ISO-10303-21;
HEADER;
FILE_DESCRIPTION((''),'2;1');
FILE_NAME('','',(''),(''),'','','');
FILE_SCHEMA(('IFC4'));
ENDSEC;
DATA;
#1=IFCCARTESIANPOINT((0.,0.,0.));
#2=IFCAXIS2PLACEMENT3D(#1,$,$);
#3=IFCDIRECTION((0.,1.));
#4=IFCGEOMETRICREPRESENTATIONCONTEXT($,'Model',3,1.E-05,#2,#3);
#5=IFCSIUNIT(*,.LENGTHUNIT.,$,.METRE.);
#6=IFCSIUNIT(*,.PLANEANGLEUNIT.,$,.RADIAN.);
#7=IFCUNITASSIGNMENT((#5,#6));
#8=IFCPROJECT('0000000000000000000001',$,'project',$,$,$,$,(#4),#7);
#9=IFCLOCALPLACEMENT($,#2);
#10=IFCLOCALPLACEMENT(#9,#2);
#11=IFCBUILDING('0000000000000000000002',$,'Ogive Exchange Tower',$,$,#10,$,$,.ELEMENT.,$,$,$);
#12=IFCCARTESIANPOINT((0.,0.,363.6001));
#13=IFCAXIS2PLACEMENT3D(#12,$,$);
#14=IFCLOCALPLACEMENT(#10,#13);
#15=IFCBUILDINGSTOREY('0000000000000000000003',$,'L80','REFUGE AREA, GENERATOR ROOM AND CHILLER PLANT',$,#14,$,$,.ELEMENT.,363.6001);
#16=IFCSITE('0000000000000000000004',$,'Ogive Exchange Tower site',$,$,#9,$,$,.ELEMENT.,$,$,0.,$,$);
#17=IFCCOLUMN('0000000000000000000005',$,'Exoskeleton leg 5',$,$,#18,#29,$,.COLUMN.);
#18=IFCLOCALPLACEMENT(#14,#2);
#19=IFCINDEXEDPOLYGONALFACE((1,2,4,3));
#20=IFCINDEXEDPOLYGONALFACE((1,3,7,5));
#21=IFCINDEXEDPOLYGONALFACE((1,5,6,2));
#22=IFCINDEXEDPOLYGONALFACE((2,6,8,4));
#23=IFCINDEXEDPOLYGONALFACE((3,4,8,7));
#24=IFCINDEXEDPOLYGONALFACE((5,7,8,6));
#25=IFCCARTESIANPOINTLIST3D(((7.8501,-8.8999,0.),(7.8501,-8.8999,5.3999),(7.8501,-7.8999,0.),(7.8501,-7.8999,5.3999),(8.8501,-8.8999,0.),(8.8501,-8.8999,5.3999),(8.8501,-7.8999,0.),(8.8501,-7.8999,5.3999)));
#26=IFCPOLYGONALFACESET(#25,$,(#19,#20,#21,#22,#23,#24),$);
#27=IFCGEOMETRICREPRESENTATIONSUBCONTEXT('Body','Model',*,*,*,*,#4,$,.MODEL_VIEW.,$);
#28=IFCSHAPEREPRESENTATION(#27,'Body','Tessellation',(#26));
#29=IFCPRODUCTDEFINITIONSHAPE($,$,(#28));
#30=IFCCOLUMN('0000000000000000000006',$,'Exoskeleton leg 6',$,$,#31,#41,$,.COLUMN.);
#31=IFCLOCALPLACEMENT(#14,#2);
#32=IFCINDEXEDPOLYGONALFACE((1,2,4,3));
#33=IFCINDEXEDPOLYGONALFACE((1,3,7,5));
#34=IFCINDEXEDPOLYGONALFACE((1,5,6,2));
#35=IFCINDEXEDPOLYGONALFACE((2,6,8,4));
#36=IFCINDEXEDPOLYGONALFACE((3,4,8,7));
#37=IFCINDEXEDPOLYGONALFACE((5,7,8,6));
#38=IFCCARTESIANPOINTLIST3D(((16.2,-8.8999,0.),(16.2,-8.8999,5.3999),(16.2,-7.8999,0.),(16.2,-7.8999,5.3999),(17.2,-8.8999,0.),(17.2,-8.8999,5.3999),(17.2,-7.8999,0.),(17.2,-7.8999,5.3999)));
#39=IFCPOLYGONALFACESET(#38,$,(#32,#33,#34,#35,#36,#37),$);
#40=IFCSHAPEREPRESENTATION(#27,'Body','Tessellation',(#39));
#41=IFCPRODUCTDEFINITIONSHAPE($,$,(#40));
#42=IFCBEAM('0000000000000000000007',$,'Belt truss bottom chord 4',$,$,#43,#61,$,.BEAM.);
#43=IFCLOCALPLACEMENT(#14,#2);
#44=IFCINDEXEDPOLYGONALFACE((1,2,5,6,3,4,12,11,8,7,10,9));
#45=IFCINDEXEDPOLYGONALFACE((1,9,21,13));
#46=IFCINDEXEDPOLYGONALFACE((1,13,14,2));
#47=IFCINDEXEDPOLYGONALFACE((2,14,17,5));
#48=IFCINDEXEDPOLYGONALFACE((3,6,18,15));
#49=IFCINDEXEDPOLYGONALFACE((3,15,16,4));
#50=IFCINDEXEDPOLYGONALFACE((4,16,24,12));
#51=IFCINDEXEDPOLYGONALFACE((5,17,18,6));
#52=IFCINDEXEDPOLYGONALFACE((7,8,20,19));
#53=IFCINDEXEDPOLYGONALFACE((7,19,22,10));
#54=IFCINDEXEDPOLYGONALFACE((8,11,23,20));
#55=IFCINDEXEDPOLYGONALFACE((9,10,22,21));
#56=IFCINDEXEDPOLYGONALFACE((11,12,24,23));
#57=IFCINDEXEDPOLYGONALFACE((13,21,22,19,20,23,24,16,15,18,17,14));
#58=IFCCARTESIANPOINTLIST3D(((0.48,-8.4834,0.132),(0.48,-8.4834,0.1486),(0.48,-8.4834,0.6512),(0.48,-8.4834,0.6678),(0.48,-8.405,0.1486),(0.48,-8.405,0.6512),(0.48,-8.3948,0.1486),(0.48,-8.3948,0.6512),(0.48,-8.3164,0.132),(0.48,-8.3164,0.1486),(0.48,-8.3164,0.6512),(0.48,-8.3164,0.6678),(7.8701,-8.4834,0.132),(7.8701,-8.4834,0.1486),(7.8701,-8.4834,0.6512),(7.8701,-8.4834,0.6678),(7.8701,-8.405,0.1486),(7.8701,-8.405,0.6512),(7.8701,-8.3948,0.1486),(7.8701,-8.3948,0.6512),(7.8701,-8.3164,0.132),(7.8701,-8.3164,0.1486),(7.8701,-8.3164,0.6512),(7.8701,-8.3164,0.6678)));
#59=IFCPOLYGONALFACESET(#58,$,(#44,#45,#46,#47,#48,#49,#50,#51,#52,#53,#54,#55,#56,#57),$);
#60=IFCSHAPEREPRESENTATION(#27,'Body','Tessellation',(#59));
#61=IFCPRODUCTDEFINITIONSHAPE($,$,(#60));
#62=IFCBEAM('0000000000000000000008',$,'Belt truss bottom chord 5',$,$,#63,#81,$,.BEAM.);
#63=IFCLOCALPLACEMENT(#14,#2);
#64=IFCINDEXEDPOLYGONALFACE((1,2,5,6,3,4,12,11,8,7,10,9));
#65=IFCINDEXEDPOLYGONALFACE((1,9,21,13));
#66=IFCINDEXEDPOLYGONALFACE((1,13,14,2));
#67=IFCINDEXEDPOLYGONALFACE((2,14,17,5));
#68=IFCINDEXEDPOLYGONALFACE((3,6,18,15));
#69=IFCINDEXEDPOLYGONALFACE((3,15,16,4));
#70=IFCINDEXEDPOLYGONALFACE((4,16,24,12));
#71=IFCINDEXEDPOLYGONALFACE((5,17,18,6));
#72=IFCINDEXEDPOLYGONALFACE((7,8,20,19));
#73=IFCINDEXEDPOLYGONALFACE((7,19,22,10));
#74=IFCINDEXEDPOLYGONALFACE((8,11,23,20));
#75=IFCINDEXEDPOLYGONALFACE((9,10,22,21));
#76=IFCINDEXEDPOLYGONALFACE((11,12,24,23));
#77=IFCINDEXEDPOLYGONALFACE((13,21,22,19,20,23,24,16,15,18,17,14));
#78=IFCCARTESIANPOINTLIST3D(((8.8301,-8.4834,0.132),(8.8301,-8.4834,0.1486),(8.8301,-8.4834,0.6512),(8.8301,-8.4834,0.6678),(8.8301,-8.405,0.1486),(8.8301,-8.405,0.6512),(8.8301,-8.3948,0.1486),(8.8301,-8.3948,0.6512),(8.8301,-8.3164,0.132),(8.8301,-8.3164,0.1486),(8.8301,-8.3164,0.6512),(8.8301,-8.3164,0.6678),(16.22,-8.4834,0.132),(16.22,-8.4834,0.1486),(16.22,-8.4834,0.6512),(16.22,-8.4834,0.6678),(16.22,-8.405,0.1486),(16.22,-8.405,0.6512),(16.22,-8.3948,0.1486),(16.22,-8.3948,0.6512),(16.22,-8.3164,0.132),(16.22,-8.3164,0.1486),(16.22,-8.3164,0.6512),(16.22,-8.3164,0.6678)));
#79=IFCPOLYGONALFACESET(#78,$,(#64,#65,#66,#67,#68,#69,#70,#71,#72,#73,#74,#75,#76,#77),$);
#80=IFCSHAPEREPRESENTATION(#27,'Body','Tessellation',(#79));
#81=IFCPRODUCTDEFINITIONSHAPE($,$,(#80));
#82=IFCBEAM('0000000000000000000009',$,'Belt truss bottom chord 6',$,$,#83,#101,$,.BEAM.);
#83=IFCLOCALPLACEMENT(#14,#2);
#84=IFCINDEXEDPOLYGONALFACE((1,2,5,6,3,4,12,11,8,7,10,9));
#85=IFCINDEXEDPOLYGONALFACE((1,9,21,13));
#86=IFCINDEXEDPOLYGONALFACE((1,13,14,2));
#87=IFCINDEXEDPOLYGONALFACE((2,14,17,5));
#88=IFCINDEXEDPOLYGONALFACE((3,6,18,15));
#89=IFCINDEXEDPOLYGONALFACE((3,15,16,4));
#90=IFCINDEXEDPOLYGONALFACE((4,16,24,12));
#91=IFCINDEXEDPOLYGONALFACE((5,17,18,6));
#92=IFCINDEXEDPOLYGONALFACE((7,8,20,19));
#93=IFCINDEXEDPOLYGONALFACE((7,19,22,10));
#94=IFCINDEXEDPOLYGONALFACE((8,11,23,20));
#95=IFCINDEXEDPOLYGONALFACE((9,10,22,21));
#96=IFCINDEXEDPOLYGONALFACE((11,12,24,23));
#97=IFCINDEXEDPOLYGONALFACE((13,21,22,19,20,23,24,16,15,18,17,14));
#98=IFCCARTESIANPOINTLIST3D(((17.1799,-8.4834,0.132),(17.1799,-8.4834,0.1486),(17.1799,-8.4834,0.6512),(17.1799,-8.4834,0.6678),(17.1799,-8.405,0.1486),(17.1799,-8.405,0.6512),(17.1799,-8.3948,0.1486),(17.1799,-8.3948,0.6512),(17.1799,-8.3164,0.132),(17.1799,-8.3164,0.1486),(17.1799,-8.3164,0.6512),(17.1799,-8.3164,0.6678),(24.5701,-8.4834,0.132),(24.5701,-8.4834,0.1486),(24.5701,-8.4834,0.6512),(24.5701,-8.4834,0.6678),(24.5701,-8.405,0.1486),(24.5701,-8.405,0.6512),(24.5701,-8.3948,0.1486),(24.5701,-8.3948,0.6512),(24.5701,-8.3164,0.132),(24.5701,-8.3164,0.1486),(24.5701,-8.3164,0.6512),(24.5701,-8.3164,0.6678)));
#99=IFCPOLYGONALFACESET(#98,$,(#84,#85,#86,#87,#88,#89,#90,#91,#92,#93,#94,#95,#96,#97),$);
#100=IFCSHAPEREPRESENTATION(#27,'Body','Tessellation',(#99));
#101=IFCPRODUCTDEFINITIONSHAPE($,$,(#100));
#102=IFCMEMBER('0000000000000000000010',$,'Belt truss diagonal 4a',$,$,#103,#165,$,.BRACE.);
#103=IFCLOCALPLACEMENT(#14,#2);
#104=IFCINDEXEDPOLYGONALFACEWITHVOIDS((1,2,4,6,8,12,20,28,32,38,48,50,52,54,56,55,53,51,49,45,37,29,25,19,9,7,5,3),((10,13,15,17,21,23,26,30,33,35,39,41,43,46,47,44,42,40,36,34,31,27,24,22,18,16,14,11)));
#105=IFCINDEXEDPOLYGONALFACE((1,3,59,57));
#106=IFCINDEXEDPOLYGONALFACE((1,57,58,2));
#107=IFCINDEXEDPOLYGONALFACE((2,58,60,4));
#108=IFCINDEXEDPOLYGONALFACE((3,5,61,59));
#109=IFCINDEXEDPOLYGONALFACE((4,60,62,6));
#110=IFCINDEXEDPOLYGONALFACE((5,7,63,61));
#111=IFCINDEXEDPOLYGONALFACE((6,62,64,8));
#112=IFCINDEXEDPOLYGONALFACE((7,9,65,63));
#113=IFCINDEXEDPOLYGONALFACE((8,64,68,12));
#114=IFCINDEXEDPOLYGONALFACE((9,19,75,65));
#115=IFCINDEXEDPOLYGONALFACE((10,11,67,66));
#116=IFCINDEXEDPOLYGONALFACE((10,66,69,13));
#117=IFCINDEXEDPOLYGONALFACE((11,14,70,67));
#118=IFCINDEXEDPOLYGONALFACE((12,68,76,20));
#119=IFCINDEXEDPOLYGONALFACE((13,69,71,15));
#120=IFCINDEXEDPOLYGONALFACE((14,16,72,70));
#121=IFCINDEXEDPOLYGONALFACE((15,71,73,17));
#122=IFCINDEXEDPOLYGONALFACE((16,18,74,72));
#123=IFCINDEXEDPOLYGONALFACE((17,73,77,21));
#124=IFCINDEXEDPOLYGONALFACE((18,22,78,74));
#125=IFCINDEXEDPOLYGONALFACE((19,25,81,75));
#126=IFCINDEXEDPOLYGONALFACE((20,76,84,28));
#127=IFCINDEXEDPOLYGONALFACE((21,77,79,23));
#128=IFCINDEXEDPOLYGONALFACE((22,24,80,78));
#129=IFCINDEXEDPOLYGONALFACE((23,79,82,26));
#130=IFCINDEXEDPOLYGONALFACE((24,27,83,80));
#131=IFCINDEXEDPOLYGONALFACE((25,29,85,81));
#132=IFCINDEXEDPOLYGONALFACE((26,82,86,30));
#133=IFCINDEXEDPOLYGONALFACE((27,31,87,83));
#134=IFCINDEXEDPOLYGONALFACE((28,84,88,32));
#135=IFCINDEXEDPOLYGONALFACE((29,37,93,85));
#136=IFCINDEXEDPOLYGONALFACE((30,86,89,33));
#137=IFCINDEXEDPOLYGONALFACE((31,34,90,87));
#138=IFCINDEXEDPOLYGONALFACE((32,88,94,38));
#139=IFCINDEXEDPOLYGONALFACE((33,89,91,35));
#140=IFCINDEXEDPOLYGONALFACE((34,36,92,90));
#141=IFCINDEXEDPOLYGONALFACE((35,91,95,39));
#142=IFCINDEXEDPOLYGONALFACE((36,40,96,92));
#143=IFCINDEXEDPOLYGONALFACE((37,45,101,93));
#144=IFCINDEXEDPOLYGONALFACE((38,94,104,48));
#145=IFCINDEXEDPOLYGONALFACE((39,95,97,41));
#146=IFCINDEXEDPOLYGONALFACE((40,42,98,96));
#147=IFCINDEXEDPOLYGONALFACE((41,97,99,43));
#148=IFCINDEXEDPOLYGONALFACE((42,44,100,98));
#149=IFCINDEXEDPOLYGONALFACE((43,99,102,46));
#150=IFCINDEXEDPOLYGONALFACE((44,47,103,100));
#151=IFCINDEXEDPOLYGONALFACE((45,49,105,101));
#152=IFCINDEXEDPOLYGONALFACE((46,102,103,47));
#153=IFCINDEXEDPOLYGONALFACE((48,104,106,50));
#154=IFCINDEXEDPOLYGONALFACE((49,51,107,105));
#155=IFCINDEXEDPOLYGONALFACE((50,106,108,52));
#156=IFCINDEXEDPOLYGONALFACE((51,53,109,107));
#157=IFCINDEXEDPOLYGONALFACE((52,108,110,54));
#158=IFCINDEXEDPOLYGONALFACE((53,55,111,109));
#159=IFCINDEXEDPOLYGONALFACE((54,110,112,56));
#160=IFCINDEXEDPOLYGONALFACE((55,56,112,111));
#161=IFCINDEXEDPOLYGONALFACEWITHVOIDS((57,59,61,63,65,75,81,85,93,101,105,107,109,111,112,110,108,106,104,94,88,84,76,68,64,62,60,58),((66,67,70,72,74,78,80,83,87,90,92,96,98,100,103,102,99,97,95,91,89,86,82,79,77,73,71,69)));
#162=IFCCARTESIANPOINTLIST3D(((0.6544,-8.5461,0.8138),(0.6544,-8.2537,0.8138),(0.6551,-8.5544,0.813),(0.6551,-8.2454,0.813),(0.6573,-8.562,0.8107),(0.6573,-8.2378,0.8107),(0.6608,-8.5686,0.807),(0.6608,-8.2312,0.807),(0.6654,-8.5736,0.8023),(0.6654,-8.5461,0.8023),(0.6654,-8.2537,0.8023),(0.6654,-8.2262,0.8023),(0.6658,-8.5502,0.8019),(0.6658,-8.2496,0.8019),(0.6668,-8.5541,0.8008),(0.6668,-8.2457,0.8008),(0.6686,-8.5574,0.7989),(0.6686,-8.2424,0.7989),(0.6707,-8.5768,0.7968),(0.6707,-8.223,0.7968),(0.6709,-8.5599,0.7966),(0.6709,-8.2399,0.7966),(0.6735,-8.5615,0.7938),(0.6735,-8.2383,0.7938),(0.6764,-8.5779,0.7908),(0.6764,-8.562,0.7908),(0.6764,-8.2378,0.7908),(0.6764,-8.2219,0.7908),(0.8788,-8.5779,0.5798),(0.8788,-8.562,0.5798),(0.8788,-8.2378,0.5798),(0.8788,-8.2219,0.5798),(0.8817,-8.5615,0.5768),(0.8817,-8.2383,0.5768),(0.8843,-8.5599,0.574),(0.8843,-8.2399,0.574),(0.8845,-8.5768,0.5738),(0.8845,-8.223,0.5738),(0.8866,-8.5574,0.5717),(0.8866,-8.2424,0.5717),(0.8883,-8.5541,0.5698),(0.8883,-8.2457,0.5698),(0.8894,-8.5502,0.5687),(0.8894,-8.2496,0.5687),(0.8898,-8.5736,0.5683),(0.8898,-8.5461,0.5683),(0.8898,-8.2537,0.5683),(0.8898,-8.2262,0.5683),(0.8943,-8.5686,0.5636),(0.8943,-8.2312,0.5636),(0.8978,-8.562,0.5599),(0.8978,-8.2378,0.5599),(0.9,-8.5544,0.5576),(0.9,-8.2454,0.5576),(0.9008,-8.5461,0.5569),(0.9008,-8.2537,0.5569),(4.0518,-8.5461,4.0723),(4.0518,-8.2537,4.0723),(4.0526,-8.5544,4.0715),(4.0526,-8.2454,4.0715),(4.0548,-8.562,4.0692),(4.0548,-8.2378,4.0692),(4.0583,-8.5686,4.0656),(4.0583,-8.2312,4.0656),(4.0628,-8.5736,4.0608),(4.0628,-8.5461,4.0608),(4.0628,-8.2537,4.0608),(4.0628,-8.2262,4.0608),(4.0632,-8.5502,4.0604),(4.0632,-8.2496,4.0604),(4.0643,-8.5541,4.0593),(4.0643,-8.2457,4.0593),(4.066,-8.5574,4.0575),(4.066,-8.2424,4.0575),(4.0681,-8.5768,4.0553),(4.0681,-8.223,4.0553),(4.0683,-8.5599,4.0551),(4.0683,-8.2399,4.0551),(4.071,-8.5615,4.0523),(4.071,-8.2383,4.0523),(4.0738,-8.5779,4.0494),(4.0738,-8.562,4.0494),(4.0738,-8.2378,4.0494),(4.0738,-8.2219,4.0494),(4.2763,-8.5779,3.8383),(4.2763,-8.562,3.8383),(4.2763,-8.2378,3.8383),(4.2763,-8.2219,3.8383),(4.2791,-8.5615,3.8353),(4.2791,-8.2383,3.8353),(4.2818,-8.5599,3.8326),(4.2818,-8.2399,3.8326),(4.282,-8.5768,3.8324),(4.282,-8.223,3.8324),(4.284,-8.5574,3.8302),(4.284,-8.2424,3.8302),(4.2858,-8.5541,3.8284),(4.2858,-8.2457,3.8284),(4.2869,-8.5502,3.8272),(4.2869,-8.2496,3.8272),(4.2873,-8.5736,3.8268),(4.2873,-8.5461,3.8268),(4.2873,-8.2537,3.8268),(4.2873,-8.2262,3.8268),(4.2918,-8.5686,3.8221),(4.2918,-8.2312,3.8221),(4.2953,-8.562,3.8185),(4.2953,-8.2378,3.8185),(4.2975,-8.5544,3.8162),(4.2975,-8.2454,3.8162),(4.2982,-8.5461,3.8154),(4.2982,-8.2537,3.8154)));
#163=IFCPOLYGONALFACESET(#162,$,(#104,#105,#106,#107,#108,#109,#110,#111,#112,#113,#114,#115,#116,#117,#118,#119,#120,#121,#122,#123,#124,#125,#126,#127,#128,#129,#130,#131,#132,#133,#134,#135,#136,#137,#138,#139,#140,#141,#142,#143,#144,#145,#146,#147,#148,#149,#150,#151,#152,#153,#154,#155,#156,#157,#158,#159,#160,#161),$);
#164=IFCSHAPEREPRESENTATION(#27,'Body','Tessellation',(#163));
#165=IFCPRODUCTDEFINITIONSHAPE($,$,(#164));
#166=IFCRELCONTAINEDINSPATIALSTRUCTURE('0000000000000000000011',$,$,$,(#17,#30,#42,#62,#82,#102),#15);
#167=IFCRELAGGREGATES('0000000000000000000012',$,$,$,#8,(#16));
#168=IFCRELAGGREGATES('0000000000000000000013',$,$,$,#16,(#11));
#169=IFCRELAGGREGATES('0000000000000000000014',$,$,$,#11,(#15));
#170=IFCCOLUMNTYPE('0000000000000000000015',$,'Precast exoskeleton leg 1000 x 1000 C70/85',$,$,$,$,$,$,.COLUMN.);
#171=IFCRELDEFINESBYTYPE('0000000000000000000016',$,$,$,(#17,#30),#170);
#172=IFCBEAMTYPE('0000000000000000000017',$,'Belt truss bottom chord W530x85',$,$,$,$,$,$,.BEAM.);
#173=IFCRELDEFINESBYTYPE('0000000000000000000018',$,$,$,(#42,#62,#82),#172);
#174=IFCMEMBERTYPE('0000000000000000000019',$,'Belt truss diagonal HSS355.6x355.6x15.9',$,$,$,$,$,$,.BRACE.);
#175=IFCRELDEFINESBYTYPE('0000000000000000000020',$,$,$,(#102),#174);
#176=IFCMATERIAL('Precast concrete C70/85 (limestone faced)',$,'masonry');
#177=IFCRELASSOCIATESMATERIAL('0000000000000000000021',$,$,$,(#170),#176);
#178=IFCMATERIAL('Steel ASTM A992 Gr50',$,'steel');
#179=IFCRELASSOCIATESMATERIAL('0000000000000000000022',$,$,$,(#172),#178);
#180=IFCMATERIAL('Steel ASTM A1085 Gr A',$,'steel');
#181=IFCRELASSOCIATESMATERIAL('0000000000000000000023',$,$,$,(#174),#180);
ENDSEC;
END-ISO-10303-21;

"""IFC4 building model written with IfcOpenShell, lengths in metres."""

from ifc_helpers import new_model, si_unit, direction, frame, origin, origin_2d, place, context, subcontext, project, spatial, rectangle, hollow_rectangle, i_section, extrude, material, material_profile, profile_set, type_object, element, save


model = new_model("IFC4")

# Units and contexts
model_context = context("Model", 3, precision=1e-05, world=origin(), true_north=direction((0.0, 1.0)))
body_context = subcontext(model_context, "Body", "Model", "MODEL_VIEW")
ifc_project = project(units=[si_unit("LENGTHUNIT", "METRE"), si_unit("PLANEANGLEUNIT", "RADIAN")], contexts=[model_context])

# Site, building, storey
site_placement = place(None, origin())
site = spatial("IfcSite", under=ifc_project, at=site_placement, Name="Ogive Exchange Tower site", CompositionType="ELEMENT", RefElevation=0.0)
building_placement = place(site_placement, origin())
building = spatial("IfcBuilding", under=site, at=building_placement, Name="Ogive Exchange Tower", CompositionType="ELEMENT")
storey_placement = place(building_placement, frame((0.0, 0.0, 363.6001)))
storey = spatial("IfcBuildingStorey", under=building, at=storey_placement, Name="L80", Description="REFUGE AREA, GENERATOR ROOM AND CHILLER PLANT", CompositionType="ELEMENT", Elevation=363.6001)

# Columns
ifc_material_1 = material(Name="Precast concrete C70/85 (limestone faced)", Category="masonry")
ifc_material_profile_1 = material_profile(ifc_material_1, rectangle(XDim=1.0, YDim=1.0, at=origin_2d()), Name="1000 x 1000")
ifc_profile_set_1 = profile_set([ifc_material_profile_1], Name="Precast concrete C70/85 (limestone faced)")
column_type = type_object("IfcColumnType", Name="Precast exoskeleton leg 1000 x 1000 C70/85", PredefinedType="COLUMN", material=ifc_profile_set_1)
for number, where, z_axis, x_axis, name in (
    (1, (8.3501, -8.3999, 0.0), (0.0, 0.0, 1.0), (1.0, 0.0, 0.0), "Exoskeleton leg 5"),
    (2, (16.7, -8.3999, 0.0), (0.0, 0.0, 1.0), (1.0, 0.0, 0.0), "Exoskeleton leg 6"),
):
    element("IfcColumn", number, at=place(storey_placement, frame(where, z_axis=z_axis, x_axis=x_axis)), inside=storey, type_object=column_type, Name=name, PredefinedType="COLUMN", context=body_context, shape_type="SweptSolid", body=[
        extrude(rectangle(XDim=1.0, YDim=1.0, at=origin_2d()), origin(), (0.0, 0.0, 1.0), 5.3999),
    ])

# Beams
ifc_material_2 = material(Name="Steel ASTM A992 Gr50", Category="steel")
ifc_material_profile_2 = material_profile(ifc_material_2, i_section(OverallWidth=0.167, OverallDepth=0.5359, WebThickness=0.0103, FlangeThickness=0.0166, at=origin_2d()), Name="W530x85")
ifc_profile_set_2 = profile_set([ifc_material_profile_2], Name="Steel ASTM A992 Gr50")
beam_type_1 = type_object("IfcBeamType", Name="Belt truss bottom chord W530x85", PredefinedType="BEAM", material=ifc_profile_set_2)
beam_1_placement = place(storey_placement, frame((0.48, -8.3999, 0.3999), z_axis=(1.0, 0.0, 0.0), x_axis=(0.0, 1.0, 0.0)))
element("IfcBeam", 3, at=beam_1_placement, inside=storey, type_object=beam_type_1, Name="Belt truss bottom chord 4", PredefinedType="BEAM", context=body_context, shape_type="SweptSolid", body=[
    extrude(i_section(OverallWidth=0.167, OverallDepth=0.5359, WebThickness=0.0103, FlangeThickness=0.0166, at=origin_2d()), origin(), (0.0, 0.0, 1.0), 7.3901),
])
beam_2_placement = place(storey_placement, frame((8.8301, -8.3999, 0.3999), z_axis=(1.0, 0.0, 0.0), x_axis=(0.0, 1.0, 0.0)))
element("IfcBeam", 4, at=beam_2_placement, inside=storey, type_object=beam_type_1, Name="Belt truss bottom chord 5", PredefinedType="BEAM", context=body_context, shape_type="SweptSolid", body=[
    extrude(i_section(OverallWidth=0.167, OverallDepth=0.5359, WebThickness=0.0103, FlangeThickness=0.0166, at=origin_2d()), origin(), (0.0, 0.0, 1.0), 7.3899),
])
beam_3_placement = place(storey_placement, frame((17.1799, -8.3999, 0.3999), z_axis=(1.0, 0.0, 0.0), x_axis=(0.0, 1.0, 0.0)))
element("IfcBeam", 5, at=beam_3_placement, inside=storey, type_object=beam_type_1, Name="Belt truss bottom chord 6", PredefinedType="BEAM", context=body_context, shape_type="SweptSolid", body=[
    extrude(i_section(OverallWidth=0.167, OverallDepth=0.5359, WebThickness=0.0103, FlangeThickness=0.0166, at=origin_2d()), origin(), (0.0, 0.0, 1.0), 7.3901),
])

# Member
ifc_material_3 = material(Name="Steel ASTM A1085 Gr A", Category="steel")
ifc_material_profile_3 = material_profile(ifc_material_3, hollow_rectangle(XDim=0.356, YDim=0.356, WallThickness=0.0159, InnerFilletRadius=0.0159, OuterFilletRadius=0.0317, at=origin_2d()), Name="HSS355.6x355.6x15.9")
ifc_profile_set_3 = profile_set([ifc_material_profile_3], Name="Steel ASTM A1085 Gr A")
member_type = type_object("IfcMemberType", Name="Belt truss diagonal HSS355.6x355.6x15.9", PredefinedType="BRACE", material=ifc_profile_set_3)
for number, where, z_axis, x_axis, name in (
    (6, (0.7776, -8.3999, 0.6853), (0.721707, 0.0, 0.692198), (0.0, 1.0, 0.0), "Belt truss diagonal 4a"),
):
    element("IfcMember", number, at=place(storey_placement, frame(where, z_axis=z_axis, x_axis=x_axis)), inside=storey, type_object=member_type, Name=name, PredefinedType="BRACE", context=body_context, shape_type="SweptSolid", body=[
        extrude(hollow_rectangle(XDim=0.356, YDim=0.356, WallThickness=0.0159, InnerFilletRadius=0.0159, OuterFilletRadius=0.0317, at=origin_2d()), origin(), (0.0, 0.0, 1.0), 4.7075),
    ])

save(model, "model.ifc")
